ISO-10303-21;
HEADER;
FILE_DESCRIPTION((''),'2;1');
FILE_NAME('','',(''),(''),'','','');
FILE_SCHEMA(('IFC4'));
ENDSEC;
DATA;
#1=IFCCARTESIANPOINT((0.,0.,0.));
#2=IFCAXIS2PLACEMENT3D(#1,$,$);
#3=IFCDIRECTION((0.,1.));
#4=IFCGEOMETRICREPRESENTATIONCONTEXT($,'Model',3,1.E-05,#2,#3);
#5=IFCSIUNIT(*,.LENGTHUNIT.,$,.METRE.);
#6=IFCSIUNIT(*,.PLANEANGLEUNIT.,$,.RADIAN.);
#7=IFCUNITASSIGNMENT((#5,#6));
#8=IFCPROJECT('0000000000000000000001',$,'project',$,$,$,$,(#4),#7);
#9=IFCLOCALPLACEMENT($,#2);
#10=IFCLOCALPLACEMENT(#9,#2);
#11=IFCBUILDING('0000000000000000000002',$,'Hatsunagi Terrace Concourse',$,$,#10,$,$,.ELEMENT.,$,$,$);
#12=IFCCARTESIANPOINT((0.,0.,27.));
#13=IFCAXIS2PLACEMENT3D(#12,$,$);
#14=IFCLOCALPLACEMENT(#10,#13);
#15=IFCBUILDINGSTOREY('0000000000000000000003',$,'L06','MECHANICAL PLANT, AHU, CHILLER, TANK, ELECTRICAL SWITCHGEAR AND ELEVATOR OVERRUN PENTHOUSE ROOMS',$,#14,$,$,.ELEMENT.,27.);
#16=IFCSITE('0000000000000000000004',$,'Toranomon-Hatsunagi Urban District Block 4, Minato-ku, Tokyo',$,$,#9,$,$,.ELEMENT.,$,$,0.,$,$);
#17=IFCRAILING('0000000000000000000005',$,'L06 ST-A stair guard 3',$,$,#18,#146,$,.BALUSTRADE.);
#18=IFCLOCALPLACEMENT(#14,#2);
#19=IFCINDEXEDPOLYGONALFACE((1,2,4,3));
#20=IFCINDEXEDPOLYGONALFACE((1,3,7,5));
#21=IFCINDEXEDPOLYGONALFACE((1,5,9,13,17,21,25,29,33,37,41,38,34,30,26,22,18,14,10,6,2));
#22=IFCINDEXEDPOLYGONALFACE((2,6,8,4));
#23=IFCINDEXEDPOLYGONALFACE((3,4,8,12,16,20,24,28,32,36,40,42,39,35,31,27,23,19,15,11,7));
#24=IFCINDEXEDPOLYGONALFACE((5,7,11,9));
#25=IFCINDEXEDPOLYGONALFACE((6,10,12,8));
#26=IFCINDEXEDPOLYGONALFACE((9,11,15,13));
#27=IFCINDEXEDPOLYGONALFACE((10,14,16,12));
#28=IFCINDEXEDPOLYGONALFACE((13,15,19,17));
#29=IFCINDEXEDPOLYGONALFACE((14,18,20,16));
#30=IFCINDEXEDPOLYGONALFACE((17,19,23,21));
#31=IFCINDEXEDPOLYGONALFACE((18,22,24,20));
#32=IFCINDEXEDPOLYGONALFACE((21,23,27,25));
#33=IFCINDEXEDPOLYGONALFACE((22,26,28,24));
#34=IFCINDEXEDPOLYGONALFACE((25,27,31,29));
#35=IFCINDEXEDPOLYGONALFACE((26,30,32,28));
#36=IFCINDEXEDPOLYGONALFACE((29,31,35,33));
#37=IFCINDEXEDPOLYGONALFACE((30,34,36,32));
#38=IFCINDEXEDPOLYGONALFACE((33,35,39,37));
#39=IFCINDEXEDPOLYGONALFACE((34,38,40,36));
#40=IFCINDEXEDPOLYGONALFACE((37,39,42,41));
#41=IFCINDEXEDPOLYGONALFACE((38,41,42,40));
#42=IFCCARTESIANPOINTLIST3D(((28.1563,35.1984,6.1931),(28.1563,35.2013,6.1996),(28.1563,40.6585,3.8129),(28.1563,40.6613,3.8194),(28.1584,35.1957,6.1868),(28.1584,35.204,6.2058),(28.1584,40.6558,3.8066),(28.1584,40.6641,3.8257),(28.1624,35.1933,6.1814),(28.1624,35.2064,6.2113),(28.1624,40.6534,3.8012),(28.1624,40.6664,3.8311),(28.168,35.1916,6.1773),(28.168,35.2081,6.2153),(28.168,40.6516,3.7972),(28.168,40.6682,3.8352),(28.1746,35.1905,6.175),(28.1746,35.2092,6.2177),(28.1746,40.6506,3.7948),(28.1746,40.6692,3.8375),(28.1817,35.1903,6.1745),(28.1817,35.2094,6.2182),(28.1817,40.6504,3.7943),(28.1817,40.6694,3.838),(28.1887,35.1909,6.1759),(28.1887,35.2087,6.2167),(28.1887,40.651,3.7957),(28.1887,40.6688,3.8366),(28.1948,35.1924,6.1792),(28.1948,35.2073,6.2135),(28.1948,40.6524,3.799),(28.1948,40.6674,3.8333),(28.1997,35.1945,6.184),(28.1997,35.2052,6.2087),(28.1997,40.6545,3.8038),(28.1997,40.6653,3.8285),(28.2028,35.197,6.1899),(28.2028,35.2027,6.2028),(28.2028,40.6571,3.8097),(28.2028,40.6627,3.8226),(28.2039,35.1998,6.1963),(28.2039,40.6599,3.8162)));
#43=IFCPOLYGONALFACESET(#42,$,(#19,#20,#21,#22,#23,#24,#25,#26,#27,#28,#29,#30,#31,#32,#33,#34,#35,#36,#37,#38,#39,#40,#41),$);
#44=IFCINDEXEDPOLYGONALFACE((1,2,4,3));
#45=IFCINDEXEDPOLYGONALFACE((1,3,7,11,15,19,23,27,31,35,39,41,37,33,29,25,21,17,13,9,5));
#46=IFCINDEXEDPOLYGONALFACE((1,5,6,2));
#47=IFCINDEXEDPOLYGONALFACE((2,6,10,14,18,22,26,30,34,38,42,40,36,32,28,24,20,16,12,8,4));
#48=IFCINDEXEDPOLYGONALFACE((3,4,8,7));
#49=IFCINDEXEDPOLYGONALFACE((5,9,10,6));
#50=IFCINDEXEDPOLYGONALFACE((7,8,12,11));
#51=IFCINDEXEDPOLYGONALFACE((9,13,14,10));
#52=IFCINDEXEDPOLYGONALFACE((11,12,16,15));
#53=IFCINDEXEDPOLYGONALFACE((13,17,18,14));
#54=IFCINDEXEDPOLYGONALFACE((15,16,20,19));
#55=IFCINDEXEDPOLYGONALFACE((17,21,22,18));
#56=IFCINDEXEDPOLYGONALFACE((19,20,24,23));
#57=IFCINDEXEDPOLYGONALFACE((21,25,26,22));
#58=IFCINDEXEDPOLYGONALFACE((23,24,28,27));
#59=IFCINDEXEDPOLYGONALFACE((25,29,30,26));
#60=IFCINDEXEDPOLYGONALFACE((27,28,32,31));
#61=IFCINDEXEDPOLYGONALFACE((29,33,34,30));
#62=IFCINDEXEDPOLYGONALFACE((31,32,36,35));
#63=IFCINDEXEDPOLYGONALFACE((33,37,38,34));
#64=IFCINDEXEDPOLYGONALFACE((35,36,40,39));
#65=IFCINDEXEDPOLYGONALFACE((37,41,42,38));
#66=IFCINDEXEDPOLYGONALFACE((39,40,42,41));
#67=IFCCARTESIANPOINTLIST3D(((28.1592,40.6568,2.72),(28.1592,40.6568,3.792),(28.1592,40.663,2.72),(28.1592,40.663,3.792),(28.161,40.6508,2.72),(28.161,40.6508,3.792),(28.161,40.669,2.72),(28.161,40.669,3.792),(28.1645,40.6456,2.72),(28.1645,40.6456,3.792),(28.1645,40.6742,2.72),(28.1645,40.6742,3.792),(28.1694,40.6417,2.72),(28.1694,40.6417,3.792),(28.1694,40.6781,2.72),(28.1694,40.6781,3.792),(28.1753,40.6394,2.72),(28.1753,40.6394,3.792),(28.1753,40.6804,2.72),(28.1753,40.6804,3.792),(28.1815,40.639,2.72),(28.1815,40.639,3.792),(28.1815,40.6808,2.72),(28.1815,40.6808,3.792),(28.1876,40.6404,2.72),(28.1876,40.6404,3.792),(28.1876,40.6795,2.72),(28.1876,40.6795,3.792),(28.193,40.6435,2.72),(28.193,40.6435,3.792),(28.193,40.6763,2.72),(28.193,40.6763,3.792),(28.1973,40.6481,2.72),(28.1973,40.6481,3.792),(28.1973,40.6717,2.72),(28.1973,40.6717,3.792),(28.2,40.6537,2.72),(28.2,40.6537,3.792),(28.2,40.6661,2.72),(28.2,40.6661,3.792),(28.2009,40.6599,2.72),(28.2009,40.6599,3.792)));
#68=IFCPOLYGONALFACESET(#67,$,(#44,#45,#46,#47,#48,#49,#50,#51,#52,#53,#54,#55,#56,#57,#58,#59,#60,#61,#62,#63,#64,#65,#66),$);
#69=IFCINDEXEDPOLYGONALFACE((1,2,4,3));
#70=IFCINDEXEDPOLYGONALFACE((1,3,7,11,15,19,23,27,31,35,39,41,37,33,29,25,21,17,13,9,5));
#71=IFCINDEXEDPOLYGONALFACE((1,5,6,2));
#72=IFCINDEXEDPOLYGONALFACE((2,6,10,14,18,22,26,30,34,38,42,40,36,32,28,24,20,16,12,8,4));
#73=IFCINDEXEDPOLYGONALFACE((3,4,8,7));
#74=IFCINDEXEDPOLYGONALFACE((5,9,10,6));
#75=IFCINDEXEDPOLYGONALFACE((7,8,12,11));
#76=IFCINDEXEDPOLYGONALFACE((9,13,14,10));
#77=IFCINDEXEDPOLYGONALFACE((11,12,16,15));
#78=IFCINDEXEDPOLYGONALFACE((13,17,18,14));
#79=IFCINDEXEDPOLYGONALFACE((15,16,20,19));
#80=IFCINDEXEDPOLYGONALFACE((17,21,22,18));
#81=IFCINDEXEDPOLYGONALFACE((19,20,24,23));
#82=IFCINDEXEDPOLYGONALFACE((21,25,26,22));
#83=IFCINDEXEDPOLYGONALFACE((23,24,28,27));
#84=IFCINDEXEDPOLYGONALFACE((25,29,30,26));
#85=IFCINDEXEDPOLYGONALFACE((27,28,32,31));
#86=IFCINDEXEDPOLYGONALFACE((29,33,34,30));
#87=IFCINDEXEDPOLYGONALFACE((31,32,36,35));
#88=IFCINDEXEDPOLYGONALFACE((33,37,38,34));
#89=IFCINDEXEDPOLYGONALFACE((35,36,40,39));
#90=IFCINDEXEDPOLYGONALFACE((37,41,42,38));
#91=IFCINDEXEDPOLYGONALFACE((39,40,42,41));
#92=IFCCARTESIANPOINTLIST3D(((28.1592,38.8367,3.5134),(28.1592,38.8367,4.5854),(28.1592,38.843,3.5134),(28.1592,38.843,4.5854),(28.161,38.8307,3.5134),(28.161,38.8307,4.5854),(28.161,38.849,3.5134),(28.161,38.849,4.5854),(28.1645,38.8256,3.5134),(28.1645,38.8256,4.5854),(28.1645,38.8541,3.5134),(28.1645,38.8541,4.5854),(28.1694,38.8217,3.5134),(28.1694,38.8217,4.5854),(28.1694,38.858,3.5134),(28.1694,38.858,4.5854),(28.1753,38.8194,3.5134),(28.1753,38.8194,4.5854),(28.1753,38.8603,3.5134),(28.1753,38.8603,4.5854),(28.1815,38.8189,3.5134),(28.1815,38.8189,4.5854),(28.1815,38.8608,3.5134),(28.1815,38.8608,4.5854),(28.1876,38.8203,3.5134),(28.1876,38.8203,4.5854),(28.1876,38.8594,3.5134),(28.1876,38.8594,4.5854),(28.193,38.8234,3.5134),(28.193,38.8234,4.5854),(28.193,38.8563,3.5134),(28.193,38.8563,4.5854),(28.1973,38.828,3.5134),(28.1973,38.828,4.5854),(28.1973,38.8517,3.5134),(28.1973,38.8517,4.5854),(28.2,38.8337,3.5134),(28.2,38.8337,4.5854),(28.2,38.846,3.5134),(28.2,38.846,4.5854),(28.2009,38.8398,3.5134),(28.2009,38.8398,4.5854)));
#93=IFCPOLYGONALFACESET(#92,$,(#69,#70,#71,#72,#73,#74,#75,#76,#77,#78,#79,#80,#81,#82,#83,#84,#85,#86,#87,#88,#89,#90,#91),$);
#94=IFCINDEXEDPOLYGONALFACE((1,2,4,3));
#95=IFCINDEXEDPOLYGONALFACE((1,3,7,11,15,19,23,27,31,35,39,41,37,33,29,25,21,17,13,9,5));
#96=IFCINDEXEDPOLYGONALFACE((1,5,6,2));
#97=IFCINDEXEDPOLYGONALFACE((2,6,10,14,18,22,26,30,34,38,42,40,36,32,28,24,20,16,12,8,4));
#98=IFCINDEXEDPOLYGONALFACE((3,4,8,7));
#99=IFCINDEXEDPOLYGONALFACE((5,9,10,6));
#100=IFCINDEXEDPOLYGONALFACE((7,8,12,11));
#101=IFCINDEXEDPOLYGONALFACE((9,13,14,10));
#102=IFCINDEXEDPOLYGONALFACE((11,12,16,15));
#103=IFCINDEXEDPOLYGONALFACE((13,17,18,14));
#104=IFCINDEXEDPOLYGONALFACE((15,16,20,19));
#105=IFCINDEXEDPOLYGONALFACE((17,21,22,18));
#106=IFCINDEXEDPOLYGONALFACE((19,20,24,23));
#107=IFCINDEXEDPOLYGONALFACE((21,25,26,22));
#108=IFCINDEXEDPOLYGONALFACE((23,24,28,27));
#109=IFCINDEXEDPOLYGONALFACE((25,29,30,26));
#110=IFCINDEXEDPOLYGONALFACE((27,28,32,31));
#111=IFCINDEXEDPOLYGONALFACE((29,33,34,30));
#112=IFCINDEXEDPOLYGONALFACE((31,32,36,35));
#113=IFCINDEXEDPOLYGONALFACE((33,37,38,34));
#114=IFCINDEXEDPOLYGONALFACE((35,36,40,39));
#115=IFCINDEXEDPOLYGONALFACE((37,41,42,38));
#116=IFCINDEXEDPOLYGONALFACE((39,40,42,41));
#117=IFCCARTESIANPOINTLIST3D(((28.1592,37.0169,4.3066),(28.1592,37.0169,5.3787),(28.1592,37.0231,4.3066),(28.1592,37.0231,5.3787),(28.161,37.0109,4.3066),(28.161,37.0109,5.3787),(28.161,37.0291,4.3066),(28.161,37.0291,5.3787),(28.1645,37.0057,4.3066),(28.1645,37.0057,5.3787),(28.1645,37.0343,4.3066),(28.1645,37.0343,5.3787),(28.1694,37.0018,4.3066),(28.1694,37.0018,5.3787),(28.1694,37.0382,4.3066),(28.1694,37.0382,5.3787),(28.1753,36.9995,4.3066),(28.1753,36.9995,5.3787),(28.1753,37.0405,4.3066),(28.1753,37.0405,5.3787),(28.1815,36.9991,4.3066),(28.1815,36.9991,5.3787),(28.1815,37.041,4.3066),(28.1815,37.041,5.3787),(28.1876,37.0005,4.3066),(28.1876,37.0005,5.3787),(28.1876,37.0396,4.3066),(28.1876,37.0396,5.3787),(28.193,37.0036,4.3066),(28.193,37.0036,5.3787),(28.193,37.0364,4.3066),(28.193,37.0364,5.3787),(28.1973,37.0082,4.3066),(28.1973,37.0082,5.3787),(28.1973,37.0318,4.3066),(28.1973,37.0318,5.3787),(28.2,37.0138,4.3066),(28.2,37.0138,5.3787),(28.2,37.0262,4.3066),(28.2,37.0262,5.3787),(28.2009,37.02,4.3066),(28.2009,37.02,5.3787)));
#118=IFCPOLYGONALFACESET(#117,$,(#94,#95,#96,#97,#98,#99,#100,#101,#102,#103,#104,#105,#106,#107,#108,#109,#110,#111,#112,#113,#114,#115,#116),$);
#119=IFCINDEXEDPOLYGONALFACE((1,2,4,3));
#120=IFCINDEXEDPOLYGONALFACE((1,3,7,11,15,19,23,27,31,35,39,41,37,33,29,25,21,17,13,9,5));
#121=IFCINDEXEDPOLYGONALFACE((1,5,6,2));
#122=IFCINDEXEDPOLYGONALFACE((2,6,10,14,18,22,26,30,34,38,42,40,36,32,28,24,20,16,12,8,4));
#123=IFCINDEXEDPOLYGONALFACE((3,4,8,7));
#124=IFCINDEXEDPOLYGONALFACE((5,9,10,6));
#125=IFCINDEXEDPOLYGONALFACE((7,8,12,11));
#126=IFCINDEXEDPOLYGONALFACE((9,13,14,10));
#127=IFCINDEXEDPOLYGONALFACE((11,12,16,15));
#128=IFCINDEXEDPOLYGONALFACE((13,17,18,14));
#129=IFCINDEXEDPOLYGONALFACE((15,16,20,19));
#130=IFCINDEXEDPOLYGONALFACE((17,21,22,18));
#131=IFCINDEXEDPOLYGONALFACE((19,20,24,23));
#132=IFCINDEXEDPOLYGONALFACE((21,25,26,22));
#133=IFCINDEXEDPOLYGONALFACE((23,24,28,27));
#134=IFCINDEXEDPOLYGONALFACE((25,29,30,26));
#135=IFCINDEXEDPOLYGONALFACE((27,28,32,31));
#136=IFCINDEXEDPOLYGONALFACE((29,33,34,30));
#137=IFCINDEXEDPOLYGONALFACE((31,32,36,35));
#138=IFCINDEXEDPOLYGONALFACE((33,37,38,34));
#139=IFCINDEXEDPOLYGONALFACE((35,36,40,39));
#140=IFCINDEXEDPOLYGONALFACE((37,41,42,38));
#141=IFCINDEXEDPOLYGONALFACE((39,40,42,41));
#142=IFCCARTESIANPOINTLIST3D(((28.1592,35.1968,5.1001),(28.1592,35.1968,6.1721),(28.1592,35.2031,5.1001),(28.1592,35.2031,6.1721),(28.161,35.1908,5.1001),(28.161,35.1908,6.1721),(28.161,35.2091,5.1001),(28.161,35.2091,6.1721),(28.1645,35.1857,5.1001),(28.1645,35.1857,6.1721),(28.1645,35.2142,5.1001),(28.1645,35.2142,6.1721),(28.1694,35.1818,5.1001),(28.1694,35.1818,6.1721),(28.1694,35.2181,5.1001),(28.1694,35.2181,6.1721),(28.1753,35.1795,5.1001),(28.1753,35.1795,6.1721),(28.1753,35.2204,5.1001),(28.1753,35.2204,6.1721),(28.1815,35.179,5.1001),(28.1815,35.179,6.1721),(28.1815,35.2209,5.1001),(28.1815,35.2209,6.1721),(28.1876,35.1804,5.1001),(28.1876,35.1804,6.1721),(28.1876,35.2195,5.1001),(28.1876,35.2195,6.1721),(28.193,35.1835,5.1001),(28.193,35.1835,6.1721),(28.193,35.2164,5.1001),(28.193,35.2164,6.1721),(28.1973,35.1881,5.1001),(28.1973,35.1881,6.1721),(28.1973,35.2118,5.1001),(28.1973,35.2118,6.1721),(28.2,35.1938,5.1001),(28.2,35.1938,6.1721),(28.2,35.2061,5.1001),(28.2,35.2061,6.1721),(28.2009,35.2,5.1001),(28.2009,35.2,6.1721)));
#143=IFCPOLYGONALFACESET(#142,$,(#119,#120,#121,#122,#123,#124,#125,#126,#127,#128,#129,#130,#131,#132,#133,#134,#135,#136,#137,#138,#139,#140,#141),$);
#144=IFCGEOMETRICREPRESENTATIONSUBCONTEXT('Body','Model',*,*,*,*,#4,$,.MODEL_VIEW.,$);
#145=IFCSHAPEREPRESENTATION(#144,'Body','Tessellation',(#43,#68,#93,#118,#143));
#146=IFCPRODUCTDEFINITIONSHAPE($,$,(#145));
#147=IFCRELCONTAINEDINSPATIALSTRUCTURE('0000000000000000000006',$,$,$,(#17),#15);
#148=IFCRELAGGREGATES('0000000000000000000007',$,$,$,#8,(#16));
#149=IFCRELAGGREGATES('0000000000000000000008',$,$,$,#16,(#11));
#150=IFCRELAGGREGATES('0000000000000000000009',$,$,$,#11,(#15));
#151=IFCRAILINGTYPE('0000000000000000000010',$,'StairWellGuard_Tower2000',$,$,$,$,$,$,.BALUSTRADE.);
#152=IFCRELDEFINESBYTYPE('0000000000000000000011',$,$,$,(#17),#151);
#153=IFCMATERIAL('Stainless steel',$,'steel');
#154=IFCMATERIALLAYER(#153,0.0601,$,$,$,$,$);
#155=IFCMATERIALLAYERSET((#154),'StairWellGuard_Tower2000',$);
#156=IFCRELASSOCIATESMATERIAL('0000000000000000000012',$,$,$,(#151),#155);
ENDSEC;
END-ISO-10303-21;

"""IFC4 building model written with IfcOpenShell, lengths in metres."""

from ifc_helpers import new_model, si_unit, direction, frame, origin, origin_2d, place, context, subcontext, project, spatial, circle, extrude, material, layer, layer_set, type_object, element, save


model = new_model("IFC4")

# Units and contexts
model_context = context("Model", 3, precision=1e-05, world=origin(), true_north=direction((0.0, 1.0)))
body_context = subcontext(model_context, "Body", "Model", "MODEL_VIEW")
ifc_project = project(units=[si_unit("LENGTHUNIT", "METRE"), si_unit("PLANEANGLEUNIT", "RADIAN")], contexts=[model_context])

# Site, building, storey
site_placement = place(None, origin())
site = spatial("IfcSite", under=ifc_project, at=site_placement, Name="Toranomon-Hatsunagi Urban District Block 4, Minato-ku, Tokyo", CompositionType="ELEMENT", RefElevation=0.0)
building_placement = place(site_placement, origin())
building = spatial("IfcBuilding", under=site, at=building_placement, Name="Hatsunagi Terrace Concourse", CompositionType="ELEMENT")
storey_placement = place(building_placement, frame((0.0, 0.0, 27.0)))
storey = spatial("IfcBuildingStorey", under=building, at=storey_placement, Name="L06", Description="MECHANICAL PLANT, AHU, CHILLER, TANK, ELECTRICAL SWITCHGEAR AND ELEVATOR OVERRUN PENTHOUSE ROOMS", CompositionType="ELEMENT", Elevation=27.0)

# Railing
ifc_material_1 = material(Name="Stainless steel", Category="steel")
ifc_layer_1 = layer(ifc_material_1, 0.0601)
ifc_layer_set_1 = layer_set([ifc_layer_1], Name="StairWellGuard_Tower2000")
railing_type_1 = type_object("IfcRailingType", Name="StairWellGuard_Tower2000", PredefinedType="BALUSTRADE", material=ifc_layer_set_1)
railing_1_placement = place(storey_placement, frame((28.1799, 40.6599, 2.72)))
element("IfcRailing", 1, at=railing_1_placement, inside=storey, type_object=railing_type_1, Name="L06 ST-A stair guard 3", PredefinedType="BALUSTRADE", context=body_context, shape_type="SweptSolid", body=[
    extrude(circle(Radius=0.0239, at=origin_2d()), frame((0.0, 0.0, 1.0962), z_axis=(0.0, -0.916687, 0.399606), x_axis=(1.0, 0.0, 0.0)), (0.0, 0.0, 1.0), 5.9563),
    extrude(circle(Radius=0.021, at=origin_2d()), origin(), (0.0, 0.0, 1.0), 1.072),
    extrude(circle(Radius=0.021, at=origin_2d()), frame((0.0, -1.8201, 0.7935)), (0.0, 0.0, 1.0), 1.072),
    extrude(circle(Radius=0.021, at=origin_2d()), frame((0.0, -3.6399, 1.5867)), (0.0, 0.0, 1.0), 1.072),
    extrude(circle(Radius=0.021, at=origin_2d()), frame((0.0, -5.46, 2.3801)), (0.0, 0.0, 1.0), 1.072),
])

save(model, "model.ifc")
